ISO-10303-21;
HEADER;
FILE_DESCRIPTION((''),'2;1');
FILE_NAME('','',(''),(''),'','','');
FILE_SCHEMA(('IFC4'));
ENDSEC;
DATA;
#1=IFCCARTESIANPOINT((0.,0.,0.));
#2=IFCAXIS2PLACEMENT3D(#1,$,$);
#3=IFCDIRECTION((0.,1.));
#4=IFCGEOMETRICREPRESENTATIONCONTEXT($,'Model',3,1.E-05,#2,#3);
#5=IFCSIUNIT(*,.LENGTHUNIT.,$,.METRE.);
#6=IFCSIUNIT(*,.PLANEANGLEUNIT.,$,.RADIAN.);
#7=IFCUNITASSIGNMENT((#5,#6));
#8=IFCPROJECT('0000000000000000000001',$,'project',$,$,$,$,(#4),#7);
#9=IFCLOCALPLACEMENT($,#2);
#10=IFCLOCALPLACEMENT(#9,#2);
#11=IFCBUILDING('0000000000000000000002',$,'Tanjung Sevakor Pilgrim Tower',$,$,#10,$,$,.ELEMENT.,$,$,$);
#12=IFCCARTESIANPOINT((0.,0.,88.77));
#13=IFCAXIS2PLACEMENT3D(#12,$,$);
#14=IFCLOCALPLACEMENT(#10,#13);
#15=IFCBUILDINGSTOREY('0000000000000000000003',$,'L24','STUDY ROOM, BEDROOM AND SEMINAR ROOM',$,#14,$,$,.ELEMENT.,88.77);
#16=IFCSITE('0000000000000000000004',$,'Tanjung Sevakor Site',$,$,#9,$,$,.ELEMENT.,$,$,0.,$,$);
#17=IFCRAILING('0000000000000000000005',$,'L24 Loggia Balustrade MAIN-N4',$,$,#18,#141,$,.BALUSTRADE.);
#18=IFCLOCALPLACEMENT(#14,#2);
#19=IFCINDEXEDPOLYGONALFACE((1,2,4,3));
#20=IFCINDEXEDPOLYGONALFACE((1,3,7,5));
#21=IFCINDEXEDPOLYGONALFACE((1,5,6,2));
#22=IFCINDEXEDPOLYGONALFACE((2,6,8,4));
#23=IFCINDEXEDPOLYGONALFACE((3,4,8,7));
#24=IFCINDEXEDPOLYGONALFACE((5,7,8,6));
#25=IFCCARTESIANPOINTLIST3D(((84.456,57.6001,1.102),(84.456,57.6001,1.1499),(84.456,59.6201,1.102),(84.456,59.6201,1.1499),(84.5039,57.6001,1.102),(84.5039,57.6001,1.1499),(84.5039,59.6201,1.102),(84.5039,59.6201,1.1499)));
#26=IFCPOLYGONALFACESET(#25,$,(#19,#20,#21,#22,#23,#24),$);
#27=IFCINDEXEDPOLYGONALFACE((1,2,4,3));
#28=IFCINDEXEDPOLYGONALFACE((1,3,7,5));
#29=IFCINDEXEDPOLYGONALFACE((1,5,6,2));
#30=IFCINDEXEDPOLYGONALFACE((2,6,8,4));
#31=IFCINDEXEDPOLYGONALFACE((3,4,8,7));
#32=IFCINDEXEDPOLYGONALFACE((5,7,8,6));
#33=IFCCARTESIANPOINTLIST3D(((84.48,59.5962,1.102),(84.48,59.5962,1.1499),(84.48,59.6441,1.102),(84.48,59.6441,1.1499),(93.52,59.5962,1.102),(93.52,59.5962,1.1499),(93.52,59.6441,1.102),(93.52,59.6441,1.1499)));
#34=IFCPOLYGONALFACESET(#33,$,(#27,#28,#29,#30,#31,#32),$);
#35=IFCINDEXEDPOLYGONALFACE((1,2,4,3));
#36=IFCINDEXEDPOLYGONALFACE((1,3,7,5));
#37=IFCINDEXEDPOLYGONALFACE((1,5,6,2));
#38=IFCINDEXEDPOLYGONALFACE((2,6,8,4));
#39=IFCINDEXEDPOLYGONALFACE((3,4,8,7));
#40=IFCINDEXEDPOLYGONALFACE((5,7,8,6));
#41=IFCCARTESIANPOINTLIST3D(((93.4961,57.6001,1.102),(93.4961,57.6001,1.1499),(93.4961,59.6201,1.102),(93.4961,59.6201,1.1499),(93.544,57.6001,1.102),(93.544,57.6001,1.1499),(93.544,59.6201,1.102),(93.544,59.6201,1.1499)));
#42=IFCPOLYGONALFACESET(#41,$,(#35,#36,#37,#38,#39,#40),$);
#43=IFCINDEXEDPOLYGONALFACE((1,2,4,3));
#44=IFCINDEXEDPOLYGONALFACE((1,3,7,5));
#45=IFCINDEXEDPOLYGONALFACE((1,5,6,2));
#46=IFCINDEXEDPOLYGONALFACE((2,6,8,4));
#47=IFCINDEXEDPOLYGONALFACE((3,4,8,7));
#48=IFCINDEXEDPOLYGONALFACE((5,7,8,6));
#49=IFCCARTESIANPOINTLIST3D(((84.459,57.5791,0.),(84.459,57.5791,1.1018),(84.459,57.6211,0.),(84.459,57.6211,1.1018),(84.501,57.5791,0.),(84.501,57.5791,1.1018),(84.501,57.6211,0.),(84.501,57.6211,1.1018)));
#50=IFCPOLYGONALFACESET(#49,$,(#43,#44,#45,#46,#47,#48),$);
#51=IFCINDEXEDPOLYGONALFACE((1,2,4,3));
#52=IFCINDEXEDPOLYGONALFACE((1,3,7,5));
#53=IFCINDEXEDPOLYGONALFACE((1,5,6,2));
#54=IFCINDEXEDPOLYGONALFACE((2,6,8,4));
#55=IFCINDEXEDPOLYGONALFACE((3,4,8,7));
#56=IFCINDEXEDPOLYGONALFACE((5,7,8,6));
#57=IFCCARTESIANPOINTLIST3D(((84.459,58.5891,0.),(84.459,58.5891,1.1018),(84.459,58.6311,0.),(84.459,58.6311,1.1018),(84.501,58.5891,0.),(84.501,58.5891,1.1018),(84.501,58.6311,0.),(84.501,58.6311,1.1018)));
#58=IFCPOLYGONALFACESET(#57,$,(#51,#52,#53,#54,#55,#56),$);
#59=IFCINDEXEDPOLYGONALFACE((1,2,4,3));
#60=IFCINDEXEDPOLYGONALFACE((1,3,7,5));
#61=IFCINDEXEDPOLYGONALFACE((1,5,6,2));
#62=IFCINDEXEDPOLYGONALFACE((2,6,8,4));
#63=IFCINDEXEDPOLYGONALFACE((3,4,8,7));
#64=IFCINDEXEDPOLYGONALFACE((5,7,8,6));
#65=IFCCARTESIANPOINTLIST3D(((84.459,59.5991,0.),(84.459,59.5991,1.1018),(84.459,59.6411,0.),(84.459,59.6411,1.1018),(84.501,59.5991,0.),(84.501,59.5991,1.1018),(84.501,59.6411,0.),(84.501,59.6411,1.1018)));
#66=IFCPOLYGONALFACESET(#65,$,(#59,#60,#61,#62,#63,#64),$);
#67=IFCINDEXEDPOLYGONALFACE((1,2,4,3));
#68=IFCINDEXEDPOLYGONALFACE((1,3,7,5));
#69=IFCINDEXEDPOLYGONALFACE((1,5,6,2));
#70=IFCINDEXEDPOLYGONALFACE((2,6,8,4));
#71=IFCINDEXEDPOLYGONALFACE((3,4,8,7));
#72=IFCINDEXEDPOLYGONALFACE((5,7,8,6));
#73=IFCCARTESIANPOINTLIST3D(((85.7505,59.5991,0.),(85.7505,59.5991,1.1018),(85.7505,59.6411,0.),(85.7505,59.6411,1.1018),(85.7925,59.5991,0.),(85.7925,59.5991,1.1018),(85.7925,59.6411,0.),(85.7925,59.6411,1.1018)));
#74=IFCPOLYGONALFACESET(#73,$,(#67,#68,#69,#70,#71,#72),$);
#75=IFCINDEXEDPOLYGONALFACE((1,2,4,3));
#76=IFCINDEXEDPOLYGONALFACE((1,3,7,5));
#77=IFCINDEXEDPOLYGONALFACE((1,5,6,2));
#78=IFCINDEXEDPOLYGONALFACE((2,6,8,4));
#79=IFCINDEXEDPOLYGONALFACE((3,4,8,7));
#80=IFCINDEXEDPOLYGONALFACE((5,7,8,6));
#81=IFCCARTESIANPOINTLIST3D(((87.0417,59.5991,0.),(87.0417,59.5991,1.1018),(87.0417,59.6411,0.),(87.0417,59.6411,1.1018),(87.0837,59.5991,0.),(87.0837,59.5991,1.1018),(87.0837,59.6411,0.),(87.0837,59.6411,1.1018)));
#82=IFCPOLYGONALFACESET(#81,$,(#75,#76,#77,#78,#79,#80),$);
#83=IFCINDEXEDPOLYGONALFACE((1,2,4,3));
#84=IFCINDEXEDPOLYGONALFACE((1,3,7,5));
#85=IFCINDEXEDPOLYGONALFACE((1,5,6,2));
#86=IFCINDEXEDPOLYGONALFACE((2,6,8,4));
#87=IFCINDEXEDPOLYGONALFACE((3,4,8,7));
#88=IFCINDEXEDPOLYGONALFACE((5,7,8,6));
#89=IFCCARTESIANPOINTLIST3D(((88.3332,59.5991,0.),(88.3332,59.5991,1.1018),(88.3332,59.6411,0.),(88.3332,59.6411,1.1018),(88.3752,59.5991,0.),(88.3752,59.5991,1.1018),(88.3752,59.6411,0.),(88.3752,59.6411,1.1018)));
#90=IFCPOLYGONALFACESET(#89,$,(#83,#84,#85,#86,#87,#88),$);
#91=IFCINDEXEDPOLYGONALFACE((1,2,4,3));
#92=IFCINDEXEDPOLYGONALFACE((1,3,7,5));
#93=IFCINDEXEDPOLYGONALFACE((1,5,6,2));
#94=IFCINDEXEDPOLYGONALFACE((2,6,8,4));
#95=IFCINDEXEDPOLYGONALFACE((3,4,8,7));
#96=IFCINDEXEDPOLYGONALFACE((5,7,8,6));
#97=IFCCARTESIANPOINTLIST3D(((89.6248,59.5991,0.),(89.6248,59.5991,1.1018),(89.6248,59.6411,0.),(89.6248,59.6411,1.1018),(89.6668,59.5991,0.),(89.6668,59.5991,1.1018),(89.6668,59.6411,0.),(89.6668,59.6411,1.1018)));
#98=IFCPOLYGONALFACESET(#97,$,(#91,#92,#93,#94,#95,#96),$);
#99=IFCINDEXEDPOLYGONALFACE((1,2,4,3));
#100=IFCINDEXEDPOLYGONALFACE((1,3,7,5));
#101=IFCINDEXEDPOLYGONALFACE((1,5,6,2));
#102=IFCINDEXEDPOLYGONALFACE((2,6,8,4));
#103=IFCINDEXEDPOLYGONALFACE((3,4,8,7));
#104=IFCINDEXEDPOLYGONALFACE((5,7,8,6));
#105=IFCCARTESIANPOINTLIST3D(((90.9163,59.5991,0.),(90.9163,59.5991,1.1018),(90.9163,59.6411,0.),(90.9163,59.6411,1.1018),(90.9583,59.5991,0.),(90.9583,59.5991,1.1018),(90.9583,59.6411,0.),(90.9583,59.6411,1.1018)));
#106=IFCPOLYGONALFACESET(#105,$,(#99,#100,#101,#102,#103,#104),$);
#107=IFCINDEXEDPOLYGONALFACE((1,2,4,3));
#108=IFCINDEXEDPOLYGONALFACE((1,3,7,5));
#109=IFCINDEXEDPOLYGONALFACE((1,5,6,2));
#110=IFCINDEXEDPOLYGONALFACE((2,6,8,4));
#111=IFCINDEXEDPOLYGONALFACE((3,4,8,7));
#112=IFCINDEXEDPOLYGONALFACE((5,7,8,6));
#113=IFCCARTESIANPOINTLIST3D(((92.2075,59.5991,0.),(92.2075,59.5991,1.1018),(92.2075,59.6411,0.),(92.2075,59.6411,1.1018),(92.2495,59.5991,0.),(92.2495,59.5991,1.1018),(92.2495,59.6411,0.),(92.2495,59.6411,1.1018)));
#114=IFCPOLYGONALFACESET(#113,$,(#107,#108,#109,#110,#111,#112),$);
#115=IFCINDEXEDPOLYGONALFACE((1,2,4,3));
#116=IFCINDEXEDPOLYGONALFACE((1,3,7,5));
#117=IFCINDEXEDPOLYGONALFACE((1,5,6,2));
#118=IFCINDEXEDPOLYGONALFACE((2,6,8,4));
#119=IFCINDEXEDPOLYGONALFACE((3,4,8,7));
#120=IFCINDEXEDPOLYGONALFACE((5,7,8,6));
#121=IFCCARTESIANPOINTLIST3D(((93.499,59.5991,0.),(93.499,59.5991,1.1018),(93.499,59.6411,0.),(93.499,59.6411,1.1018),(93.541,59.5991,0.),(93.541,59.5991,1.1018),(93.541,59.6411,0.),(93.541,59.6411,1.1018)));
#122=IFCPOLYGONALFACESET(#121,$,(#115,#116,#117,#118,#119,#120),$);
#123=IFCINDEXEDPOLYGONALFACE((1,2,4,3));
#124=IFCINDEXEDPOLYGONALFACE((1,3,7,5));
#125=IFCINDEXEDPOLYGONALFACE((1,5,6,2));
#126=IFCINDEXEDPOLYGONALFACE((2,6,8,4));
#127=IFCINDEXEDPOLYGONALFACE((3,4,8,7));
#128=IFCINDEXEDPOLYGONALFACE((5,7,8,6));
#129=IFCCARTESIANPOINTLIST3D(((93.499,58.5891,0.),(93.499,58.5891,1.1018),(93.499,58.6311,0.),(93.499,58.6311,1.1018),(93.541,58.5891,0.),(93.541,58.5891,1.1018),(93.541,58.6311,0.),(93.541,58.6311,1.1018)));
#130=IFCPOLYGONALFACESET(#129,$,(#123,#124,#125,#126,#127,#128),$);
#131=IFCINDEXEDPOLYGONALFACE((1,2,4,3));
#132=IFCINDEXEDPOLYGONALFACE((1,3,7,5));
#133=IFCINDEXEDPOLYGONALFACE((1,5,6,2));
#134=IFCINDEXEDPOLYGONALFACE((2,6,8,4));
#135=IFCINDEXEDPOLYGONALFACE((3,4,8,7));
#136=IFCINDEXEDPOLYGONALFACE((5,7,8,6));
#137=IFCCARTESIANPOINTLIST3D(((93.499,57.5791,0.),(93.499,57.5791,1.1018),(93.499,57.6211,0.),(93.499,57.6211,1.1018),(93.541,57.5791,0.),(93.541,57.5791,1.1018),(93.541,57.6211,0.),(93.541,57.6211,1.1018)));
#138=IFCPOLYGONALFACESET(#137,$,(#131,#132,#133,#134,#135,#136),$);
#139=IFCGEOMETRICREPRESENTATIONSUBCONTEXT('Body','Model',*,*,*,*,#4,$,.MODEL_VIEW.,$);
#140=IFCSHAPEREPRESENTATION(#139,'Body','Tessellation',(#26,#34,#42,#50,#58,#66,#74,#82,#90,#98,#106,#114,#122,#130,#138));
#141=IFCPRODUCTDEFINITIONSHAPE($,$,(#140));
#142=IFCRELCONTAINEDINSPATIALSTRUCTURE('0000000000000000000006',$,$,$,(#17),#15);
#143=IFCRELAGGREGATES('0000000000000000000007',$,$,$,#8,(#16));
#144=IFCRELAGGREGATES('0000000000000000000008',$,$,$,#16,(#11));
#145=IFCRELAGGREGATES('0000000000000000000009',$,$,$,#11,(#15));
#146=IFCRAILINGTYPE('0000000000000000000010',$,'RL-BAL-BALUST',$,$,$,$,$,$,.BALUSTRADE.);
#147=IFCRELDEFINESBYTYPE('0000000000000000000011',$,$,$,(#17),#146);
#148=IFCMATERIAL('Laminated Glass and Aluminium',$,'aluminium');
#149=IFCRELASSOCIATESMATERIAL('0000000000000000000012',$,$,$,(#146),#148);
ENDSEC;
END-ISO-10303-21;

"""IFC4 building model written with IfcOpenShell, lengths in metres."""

from ifc_helpers import new_model, si_unit, direction, frame, origin, place, context, subcontext, project, spatial, rectangle, extrude, material, type_object, element, save


model = new_model("IFC4")

# Units and contexts
model_context = context("Model", 3, precision=1e-05, world=origin(), true_north=direction((0.0, 1.0)))
body_context = subcontext(model_context, "Body", "Model", "MODEL_VIEW")
ifc_project = project(units=[si_unit("LENGTHUNIT", "METRE"), si_unit("PLANEANGLEUNIT", "RADIAN")], contexts=[model_context])

# Site, building, storey
site_placement = place(None, origin())
site = spatial("IfcSite", under=ifc_project, at=site_placement, Name="Tanjung Sevakor Site", CompositionType="ELEMENT", RefElevation=0.0)
building_placement = place(site_placement, origin())
building = spatial("IfcBuilding", under=site, at=building_placement, Name="Tanjung Sevakor Pilgrim Tower", CompositionType="ELEMENT")
storey_placement = place(building_placement, frame((0.0, 0.0, 88.77)))
storey = spatial("IfcBuildingStorey", under=building, at=storey_placement, Name="L24", Description="STUDY ROOM, BEDROOM AND SEMINAR ROOM", CompositionType="ELEMENT", Elevation=88.77)

# Railing
ifc_material_1 = material(Name="Laminated Glass and Aluminium", Category="aluminium")
railing_type = type_object("IfcRailingType", Name="RL-BAL-BALUST", PredefinedType="BALUSTRADE", material=ifc_material_1)
railing_placement = place(storey_placement, frame((84.48, 57.6001, 0.0)))
element("IfcRailing", 1, at=railing_placement, inside=storey, type_object=railing_type, Name="L24 Loggia Balustrade MAIN-N4", PredefinedType="BALUSTRADE", context=body_context, shape_type="SweptSolid", body=[
    extrude(rectangle(XDim=0.0479, YDim=0.0479), frame((0.0, 0.0, 1.126), z_axis=(0.0, 1.0, 0.0), x_axis=(-1.0, 0.0, 0.0)), (0.0, 0.0, 1.0), 2.02),
    extrude(rectangle(XDim=0.0479, YDim=0.0479), frame((0.0, 2.02, 1.126), z_axis=(1.0, 0.0, 0.0), x_axis=(0.0, 1.0, 0.0)), (0.0, 0.0, 1.0), 9.04),
    extrude(rectangle(XDim=0.0479, YDim=0.0479), frame((9.04, 2.02, 1.126), z_axis=(0.0, -1.0, 0.0), x_axis=(1.0, 0.0, 0.0)), (0.0, 0.0, 1.0), 2.02),
    extrude(rectangle(XDim=0.042, YDim=0.042), origin(), (0.0, 0.0, 1.0), 1.1018),
    extrude(rectangle(XDim=0.042, YDim=0.042), frame((0.0, 1.01, 0.0)), (0.0, 0.0, 1.0), 1.1018),
    extrude(rectangle(XDim=0.042, YDim=0.042), frame((0.0, 2.02, 0.0)), (0.0, 0.0, 1.0), 1.1018),
    extrude(rectangle(XDim=0.042, YDim=0.042), frame((1.2915, 2.02, 0.0)), (0.0, 0.0, 1.0), 1.1018),
    extrude(rectangle(XDim=0.042, YDim=0.042), frame((2.5828, 2.02, 0.0)), (0.0, 0.0, 1.0), 1.1018),
    extrude(rectangle(XDim=0.042, YDim=0.042), frame((3.8743, 2.02, 0.0)), (0.0, 0.0, 1.0), 1.1018),
    extrude(rectangle(XDim=0.042, YDim=0.042), frame((5.1658, 2.02, 0.0)), (0.0, 0.0, 1.0), 1.1018),
    extrude(rectangle(XDim=0.042, YDim=0.042), frame((6.4573, 2.02, 0.0)), (0.0, 0.0, 1.0), 1.1018),
    extrude(rectangle(XDim=0.042, YDim=0.042), frame((7.7485, 2.02, 0.0)), (0.0, 0.0, 1.0), 1.1018),
    extrude(rectangle(XDim=0.042, YDim=0.042), frame((9.04, 2.02, 0.0)), (0.0, 0.0, 1.0), 1.1018),
    extrude(rectangle(XDim=0.042, YDim=0.042), frame((9.04, 1.01, 0.0)), (0.0, 0.0, 1.0), 1.1018),
    extrude(rectangle(XDim=0.042, YDim=0.042), frame((9.04, 0.0, 0.0)), (0.0, 0.0, 1.0), 1.1018),
])

save(model, "model.ifc")
